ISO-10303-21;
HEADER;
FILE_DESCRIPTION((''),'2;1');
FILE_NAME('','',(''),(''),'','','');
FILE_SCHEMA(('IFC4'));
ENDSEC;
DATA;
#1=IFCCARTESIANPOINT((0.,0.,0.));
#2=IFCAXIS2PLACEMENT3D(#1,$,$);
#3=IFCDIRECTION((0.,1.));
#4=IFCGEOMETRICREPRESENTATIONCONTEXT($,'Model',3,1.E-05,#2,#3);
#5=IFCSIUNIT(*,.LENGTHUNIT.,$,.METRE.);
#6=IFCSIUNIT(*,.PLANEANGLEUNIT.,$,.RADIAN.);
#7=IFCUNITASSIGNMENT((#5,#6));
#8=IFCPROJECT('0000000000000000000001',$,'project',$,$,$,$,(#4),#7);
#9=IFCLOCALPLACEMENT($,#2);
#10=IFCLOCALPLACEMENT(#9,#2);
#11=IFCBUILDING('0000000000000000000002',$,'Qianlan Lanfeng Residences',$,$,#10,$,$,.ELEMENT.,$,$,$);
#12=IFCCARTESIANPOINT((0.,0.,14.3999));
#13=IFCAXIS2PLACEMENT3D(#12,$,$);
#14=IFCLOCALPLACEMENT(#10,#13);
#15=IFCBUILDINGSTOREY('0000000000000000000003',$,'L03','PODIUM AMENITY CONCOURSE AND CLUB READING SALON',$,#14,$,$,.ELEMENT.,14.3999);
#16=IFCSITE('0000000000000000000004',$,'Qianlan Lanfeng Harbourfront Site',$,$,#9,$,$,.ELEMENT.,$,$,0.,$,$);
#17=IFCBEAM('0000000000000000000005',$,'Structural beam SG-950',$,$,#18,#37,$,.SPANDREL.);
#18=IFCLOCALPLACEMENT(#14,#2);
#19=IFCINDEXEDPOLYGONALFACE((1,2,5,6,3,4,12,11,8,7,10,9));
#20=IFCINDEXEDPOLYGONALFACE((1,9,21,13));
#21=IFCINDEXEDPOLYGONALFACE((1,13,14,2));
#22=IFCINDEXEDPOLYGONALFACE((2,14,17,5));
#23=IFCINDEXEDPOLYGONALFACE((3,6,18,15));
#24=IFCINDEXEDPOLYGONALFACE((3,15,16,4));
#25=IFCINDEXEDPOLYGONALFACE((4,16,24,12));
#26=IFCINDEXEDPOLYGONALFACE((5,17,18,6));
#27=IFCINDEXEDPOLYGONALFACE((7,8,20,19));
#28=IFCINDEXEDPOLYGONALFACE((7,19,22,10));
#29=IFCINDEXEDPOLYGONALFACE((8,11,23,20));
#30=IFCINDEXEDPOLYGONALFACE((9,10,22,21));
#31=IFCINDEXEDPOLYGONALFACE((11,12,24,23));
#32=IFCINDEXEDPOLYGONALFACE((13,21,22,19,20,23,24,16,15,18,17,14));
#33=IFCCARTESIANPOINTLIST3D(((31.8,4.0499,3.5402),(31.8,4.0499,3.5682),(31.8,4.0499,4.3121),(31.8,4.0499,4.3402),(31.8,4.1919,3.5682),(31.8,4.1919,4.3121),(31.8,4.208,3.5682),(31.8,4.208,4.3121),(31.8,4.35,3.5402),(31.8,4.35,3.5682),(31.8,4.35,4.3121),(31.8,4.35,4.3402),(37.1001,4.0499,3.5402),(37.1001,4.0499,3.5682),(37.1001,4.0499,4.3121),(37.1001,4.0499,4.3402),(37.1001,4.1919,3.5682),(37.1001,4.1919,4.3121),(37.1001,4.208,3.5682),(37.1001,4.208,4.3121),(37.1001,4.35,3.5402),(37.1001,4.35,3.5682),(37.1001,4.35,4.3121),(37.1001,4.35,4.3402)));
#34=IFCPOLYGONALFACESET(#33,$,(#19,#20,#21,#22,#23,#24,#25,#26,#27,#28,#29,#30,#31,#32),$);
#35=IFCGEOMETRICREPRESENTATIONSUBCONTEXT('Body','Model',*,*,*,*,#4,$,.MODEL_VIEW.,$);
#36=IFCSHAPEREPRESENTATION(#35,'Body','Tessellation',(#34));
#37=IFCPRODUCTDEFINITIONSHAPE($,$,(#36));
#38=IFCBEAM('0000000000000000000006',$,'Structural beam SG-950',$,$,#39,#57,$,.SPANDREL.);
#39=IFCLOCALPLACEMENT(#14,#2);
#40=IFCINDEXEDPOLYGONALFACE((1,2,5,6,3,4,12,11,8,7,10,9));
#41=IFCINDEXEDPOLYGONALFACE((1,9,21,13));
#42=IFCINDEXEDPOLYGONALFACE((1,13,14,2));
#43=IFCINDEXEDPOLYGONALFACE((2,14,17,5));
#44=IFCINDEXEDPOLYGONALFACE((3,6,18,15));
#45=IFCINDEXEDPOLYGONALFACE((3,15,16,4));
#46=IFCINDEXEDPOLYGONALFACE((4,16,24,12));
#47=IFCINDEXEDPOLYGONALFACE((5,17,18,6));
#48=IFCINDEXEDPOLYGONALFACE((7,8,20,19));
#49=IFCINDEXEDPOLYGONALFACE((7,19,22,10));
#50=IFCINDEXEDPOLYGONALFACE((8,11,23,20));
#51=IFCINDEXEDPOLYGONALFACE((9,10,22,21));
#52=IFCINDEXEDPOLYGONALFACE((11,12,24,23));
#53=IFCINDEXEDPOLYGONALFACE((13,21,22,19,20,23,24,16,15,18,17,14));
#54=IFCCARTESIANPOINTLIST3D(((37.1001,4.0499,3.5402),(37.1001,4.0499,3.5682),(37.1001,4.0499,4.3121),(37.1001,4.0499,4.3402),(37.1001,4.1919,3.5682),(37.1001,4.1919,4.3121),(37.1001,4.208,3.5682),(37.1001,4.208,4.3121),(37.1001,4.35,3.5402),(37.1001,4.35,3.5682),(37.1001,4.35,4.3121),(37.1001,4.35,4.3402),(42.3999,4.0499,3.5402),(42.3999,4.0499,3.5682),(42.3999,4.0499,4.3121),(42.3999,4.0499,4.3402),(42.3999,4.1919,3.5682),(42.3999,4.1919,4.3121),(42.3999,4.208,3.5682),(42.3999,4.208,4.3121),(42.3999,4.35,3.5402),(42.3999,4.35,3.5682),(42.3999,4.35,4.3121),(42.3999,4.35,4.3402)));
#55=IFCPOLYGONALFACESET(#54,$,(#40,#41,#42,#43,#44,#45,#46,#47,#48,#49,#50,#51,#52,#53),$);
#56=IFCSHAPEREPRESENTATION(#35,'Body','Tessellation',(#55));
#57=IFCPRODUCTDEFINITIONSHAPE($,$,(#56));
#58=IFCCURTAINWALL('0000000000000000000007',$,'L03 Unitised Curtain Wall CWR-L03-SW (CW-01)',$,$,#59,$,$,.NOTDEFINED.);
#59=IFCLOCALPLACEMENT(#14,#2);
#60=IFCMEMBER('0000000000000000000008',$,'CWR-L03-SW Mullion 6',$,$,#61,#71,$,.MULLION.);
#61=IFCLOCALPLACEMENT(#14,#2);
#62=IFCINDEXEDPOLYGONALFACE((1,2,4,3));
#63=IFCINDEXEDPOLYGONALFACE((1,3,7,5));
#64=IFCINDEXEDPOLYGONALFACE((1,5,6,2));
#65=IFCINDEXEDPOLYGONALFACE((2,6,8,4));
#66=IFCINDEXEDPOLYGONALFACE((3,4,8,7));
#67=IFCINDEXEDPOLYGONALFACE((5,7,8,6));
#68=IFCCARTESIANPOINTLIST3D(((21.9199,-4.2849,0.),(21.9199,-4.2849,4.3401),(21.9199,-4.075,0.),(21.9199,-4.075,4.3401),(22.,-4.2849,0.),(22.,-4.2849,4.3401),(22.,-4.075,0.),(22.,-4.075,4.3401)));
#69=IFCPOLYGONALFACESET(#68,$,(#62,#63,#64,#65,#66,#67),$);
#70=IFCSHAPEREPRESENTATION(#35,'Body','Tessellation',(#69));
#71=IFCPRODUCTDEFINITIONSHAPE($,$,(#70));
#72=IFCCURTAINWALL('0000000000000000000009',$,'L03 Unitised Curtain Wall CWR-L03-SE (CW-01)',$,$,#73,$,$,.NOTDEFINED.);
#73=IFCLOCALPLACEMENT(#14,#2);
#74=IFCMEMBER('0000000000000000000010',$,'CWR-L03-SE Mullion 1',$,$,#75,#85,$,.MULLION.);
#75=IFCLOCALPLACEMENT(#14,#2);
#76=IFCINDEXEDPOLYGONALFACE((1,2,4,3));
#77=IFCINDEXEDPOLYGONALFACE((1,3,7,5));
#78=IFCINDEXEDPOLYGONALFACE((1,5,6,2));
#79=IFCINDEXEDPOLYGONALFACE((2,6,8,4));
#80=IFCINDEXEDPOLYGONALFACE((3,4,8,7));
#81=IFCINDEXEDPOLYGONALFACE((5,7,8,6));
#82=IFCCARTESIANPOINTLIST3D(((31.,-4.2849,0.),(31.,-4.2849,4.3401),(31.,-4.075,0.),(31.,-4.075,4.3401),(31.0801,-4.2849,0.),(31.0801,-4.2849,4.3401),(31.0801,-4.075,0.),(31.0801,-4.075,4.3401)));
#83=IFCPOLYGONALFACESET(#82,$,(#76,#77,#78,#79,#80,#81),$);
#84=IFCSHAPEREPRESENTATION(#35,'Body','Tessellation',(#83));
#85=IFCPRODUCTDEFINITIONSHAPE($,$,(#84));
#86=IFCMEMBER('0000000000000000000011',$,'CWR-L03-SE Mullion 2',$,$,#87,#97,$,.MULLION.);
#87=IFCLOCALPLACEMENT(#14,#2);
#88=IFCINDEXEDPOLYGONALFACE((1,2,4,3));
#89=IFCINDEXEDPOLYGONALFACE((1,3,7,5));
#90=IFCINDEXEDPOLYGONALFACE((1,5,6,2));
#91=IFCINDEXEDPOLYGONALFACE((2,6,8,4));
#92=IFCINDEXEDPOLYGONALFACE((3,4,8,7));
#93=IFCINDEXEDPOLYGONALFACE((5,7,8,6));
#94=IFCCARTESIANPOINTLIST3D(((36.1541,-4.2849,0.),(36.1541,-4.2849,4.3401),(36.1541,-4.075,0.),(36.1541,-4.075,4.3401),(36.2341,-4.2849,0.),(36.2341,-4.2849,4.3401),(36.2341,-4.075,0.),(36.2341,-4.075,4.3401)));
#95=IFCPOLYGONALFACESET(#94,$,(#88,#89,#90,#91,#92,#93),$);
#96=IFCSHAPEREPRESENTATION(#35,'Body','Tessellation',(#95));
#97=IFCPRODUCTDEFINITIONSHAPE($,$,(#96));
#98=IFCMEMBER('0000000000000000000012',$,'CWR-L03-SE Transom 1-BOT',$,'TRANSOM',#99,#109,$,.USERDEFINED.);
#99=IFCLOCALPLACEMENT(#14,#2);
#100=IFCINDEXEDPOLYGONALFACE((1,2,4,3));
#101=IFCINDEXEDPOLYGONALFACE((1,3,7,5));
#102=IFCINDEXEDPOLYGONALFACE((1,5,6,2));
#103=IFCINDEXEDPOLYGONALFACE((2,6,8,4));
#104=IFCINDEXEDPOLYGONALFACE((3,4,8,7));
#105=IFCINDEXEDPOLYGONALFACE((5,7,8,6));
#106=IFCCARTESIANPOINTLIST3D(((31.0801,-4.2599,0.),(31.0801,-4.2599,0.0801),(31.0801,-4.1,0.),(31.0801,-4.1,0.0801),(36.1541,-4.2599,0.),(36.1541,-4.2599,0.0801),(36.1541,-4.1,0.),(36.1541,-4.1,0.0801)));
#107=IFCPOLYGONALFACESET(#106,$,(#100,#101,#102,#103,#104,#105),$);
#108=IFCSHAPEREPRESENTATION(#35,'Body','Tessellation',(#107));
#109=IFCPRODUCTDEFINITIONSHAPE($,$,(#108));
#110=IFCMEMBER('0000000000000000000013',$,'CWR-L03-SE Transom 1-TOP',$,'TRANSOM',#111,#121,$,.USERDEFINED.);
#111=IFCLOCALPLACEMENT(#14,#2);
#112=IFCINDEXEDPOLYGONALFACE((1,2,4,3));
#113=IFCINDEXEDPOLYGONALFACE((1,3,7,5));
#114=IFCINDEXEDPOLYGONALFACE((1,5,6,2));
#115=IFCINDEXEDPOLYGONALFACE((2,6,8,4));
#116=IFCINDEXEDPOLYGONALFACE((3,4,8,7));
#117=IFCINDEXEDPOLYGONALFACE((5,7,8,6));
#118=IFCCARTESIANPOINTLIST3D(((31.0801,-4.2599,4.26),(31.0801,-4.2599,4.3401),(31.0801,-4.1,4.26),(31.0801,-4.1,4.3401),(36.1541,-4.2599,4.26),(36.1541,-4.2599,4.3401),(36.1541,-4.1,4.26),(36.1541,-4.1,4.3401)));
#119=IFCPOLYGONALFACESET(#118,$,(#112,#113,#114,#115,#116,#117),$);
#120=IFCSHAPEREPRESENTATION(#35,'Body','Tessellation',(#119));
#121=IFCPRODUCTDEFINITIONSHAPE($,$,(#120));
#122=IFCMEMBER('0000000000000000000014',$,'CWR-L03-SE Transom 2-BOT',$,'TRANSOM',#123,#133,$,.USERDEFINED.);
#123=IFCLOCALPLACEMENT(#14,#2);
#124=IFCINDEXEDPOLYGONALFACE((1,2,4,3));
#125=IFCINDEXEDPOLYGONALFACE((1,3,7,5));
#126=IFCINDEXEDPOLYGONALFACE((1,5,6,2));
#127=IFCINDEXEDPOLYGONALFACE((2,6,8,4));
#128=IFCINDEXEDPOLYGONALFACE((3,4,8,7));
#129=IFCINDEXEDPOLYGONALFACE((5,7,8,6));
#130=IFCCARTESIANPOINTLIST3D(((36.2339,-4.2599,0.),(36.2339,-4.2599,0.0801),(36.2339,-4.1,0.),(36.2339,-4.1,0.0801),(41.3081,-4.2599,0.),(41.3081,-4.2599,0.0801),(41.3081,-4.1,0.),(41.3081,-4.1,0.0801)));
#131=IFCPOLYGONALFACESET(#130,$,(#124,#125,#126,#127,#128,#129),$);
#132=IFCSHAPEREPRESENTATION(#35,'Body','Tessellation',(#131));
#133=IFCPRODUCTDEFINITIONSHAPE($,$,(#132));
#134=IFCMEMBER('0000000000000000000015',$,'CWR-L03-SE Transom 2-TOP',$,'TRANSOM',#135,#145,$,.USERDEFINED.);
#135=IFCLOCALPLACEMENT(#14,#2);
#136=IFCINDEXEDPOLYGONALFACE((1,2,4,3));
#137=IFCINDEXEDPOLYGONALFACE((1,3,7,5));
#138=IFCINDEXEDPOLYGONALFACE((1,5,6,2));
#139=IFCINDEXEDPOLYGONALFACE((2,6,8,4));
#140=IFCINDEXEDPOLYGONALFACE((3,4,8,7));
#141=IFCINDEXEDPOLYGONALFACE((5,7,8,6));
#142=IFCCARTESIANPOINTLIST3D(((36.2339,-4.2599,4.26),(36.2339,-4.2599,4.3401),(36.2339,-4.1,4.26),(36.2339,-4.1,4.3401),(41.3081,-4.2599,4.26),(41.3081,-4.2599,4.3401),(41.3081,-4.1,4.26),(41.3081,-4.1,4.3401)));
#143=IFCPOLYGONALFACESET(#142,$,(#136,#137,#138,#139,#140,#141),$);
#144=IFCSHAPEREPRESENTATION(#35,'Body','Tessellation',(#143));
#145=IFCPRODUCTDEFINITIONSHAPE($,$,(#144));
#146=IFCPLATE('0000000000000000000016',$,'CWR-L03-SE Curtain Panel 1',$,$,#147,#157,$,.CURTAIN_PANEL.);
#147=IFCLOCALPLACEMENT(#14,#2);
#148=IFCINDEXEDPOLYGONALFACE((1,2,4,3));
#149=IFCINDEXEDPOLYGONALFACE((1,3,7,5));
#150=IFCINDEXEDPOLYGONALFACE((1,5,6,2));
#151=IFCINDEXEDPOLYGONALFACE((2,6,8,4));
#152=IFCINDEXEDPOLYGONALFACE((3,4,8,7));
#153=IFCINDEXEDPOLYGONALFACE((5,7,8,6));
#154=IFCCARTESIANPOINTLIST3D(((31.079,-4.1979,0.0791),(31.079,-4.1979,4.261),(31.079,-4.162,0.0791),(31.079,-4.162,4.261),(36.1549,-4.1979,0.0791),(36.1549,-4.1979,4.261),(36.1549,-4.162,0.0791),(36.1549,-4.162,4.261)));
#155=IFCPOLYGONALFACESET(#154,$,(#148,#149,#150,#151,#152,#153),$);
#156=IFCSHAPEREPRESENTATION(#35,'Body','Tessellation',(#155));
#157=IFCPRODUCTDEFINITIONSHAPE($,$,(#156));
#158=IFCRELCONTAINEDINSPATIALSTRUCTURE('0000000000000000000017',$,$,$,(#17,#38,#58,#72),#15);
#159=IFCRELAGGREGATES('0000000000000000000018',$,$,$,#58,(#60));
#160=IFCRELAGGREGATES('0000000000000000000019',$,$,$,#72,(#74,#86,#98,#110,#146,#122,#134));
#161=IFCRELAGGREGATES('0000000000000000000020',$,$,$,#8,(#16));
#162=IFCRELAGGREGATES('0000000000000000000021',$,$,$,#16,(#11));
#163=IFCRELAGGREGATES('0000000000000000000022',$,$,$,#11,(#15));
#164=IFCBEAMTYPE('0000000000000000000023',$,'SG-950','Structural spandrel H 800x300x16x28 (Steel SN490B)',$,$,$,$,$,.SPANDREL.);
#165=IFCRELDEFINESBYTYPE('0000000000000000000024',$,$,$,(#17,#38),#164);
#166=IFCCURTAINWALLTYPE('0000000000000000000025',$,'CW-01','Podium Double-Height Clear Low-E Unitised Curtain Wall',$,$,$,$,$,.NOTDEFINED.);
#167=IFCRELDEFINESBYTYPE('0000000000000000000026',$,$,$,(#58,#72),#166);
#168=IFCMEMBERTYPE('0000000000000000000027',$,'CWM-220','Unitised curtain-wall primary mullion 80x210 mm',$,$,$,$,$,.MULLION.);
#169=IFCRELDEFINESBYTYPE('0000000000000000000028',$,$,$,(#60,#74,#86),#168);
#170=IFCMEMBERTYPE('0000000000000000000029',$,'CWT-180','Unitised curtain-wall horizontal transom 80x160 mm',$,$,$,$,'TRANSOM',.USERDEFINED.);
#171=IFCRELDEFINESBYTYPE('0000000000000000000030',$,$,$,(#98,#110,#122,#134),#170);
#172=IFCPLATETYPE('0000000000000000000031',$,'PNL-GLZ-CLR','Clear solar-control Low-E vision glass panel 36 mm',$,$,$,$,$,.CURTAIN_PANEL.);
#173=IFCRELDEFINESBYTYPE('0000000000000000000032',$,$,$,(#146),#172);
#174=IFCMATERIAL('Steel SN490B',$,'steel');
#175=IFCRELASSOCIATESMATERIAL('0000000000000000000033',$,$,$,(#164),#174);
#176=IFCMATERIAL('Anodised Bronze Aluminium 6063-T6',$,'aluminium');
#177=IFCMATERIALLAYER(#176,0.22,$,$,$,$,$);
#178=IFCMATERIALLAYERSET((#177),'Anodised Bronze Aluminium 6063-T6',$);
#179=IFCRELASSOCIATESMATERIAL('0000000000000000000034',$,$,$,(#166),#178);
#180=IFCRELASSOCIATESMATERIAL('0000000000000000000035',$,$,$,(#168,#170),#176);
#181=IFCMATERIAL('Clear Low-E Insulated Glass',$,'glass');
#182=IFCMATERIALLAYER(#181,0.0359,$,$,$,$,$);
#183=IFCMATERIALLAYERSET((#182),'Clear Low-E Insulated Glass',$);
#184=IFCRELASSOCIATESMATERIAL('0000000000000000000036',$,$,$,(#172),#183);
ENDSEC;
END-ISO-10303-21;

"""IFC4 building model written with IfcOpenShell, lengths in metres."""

from ifc_helpers import new_model, si_unit, direction, frame, origin, origin_2d, place, context, subcontext, project, spatial, rectangle, i_section, extrude, source, transform, mapped, material, layer, layer_set, material_profile, profile_set, type_object, element, aggregate, save


model = new_model("IFC4")

# Units and contexts
model_context = context("Model", 3, precision=1e-05, world=origin(), true_north=direction((0.0, 1.0)))
body_context = subcontext(model_context, "Body", "Model", "MODEL_VIEW")
ifc_project = project(units=[si_unit("LENGTHUNIT", "METRE"), si_unit("PLANEANGLEUNIT", "RADIAN")], contexts=[model_context])

# Site, building, storey
site_placement = place(None, origin())
site = spatial("IfcSite", under=ifc_project, at=site_placement, Name="Qianlan Lanfeng Harbourfront Site", CompositionType="ELEMENT", RefElevation=0.0)
building_placement = place(site_placement, origin())
building = spatial("IfcBuilding", under=site, at=building_placement, Name="Qianlan Lanfeng Residences", CompositionType="ELEMENT")
storey_placement = place(building_placement, frame((0.0, 0.0, 14.3999)))
storey = spatial("IfcBuildingStorey", under=building, at=storey_placement, Name="L03", Description="PODIUM AMENITY CONCOURSE AND CLUB READING SALON", CompositionType="ELEMENT", Elevation=14.3999)

# Beams
ifc_material_1 = material(Name="Steel SN490B", Category="steel")
ifc_material_profile_1 = material_profile(ifc_material_1, i_section(OverallWidth=0.3, OverallDepth=0.8, WebThickness=0.0161, FlangeThickness=0.0281, at=origin_2d()), Name="H 800x300x16x28")
ifc_profile_set_1 = profile_set([ifc_material_profile_1], Name="Steel SN490B")
beam_type_1 = type_object("IfcBeamType", Name="SG-950", Description="Structural spandrel H 800x300x16x28 (Steel SN490B)", PredefinedType="SPANDREL", material=ifc_profile_set_1)
for number, where, z_axis, x_axis, name in (
    (1, (31.8, 4.2, 3.9402), (1.0, 0.0, 0.0), (0.0, 1.0, 0.0), "Structural beam SG-950"),
):
    element("IfcBeam", number, at=place(storey_placement, frame(where, z_axis=z_axis, x_axis=x_axis)), inside=storey, type_object=beam_type_1, Name=name, PredefinedType="SPANDREL", context=body_context, shape_type="SweptSolid", body=[
        extrude(i_section(OverallWidth=0.3, OverallDepth=0.8, WebThickness=0.0161, FlangeThickness=0.0281, at=origin_2d()), origin(), (0.0, 0.0, 1.0), 5.3),
    ])
beam_1_placement = place(storey_placement, frame((37.1001, 4.2, 3.9402), z_axis=(1.0, 0.0, 0.0), x_axis=(0.0, 1.0, 0.0)))
element("IfcBeam", 2, at=beam_1_placement, inside=storey, type_object=beam_type_1, Name="Structural beam SG-950", PredefinedType="SPANDREL", context=body_context, shape_type="SweptSolid", body=[
    extrude(i_section(OverallWidth=0.3, OverallDepth=0.8, WebThickness=0.0161, FlangeThickness=0.0281, at=origin_2d()), origin(), (0.0, 0.0, 1.0), 5.2998),
])

# Curtain wall, member
ifc_material_2 = material(Name="Anodised Bronze Aluminium 6063-T6", Category="aluminium")
ifc_layer_1 = layer(ifc_material_2, 0.22)
ifc_layer_set_1 = layer_set([ifc_layer_1], Name="Anodised Bronze Aluminium 6063-T6")
curtain_wall_type = type_object("IfcCurtainWallType", Name="CW-01", Description="Podium Double-Height Clear Low-E Unitised Curtain Wall", PredefinedType="NOTDEFINED", material=ifc_layer_set_1)
curtain_wall_1_placement = place(storey_placement, origin())
curtain_wall_1 = element("IfcCurtainWall", 3, at=curtain_wall_1_placement, inside=storey, type_object=curtain_wall_type, Name="L03 Unitised Curtain Wall CWR-L03-SW (CW-01)", PredefinedType="NOTDEFINED")
ifc_material_profile_2 = material_profile(ifc_material_2, rectangle(XDim=0.0801, YDim=0.21, at=origin_2d()), Name="ALU MULLION 80x210")
ifc_profile_set_2 = profile_set([ifc_material_profile_2], Name="Anodised Bronze Aluminium 6063-T6")
member_type_1 = type_object("IfcMemberType", Name="CWM-220", Description="Unitised curtain-wall primary mullion 80x210 mm", PredefinedType="MULLION", material=ifc_profile_set_2)
shared_shape_1 = source(origin(), body_context, "Body", "SweptSolid", [
    extrude(rectangle(XDim=0.0801, YDim=0.21, at=origin_2d()), origin(), (0.0, 0.0, 1.0), 4.3401),
])
member_1_placement = place(storey_placement, frame((21.96, -4.1799, 0.0), z_axis=(0.0, 0.0, 1.0), x_axis=(1.0, 0.0, 0.0)))
member_1 = element("IfcMember", 4, at=member_1_placement, type_object=member_type_1, Name="CWR-L03-SW Mullion 6", PredefinedType="MULLION", context=body_context, shape_type="MappedRepresentation", body=[
    mapped(shared_shape_1, transform((0.0, 0.0, 0.0), scale=1.0)),
])
aggregate(curtain_wall_1, [member_1])

# Curtain wall, members, plate
curtain_wall_2_placement = place(storey_placement, origin())
curtain_wall_2 = element("IfcCurtainWall", 5, at=curtain_wall_2_placement, inside=storey, type_object=curtain_wall_type, Name="L03 Unitised Curtain Wall CWR-L03-SE (CW-01)", PredefinedType="NOTDEFINED")
member_2_placement = place(storey_placement, frame((31.04, -4.1799, 0.0), z_axis=(0.0, 0.0, 1.0), x_axis=(1.0, 0.0, 0.0)))
member_2 = element("IfcMember", 6, at=member_2_placement, type_object=member_type_1, Name="CWR-L03-SE Mullion 1", PredefinedType="MULLION", context=body_context, shape_type="MappedRepresentation", body=[
    mapped(shared_shape_1, transform((0.0, 0.0, 0.0), scale=1.0)),
])
member_3_placement = place(storey_placement, frame((36.1941, -4.1799, 0.0), z_axis=(0.0, 0.0, 1.0), x_axis=(1.0, 0.0, 0.0)))
member_3 = element("IfcMember", 7, at=member_3_placement, type_object=member_type_1, Name="CWR-L03-SE Mullion 2", PredefinedType="MULLION", context=body_context, shape_type="MappedRepresentation", body=[
    mapped(shared_shape_1, transform((0.0, 0.0, 0.0), scale=1.0)),
])
ifc_material_profile_3 = material_profile(ifc_material_2, rectangle(XDim=0.0801, YDim=0.1599, at=origin_2d()), Name="ALU TRANSOM 80x160")
ifc_profile_set_3 = profile_set([ifc_material_profile_3], Name="Anodised Bronze Aluminium 6063-T6")
member_type_2 = type_object("IfcMemberType", Name="CWT-180", Description="Unitised curtain-wall horizontal transom 80x160 mm", ElementType="TRANSOM", PredefinedType="USERDEFINED", material=ifc_profile_set_3)
shared_shape_2 = source(origin(), body_context, "Body", "SweptSolid", [
    extrude(rectangle(XDim=0.0801, YDim=0.1599, at=origin_2d()), origin(), (0.0, 0.0, 1.0), 5.074),
])
member_4_placement = place(storey_placement, frame((31.0801, -4.1799, 0.04), z_axis=(1.0, 0.0, 0.0), x_axis=(0.0, 0.0, 1.0)))
member_4 = element("IfcMember", 8, at=member_4_placement, type_object=member_type_2, Name="CWR-L03-SE Transom 1-BOT", ObjectType="TRANSOM", PredefinedType="USERDEFINED", context=body_context, shape_type="MappedRepresentation", body=[
    mapped(shared_shape_2, transform((0.0, 0.0, 0.0), scale=1.0)),
])
member_5_placement = place(storey_placement, frame((31.0801, -4.1799, 4.3), z_axis=(1.0, 0.0, 0.0), x_axis=(0.0, 0.0, 1.0)))
member_5 = element("IfcMember", 9, at=member_5_placement, type_object=member_type_2, Name="CWR-L03-SE Transom 1-TOP", ObjectType="TRANSOM", PredefinedType="USERDEFINED", context=body_context, shape_type="MappedRepresentation", body=[
    mapped(shared_shape_2, transform((0.0, 0.0, 0.0), scale=1.0)),
])
shared_shape_3 = source(origin(), body_context, "Body", "SweptSolid", [
    extrude(rectangle(XDim=0.0801, YDim=0.1599, at=origin_2d()), origin(), (0.0, 0.0, 1.0), 5.0742),
])
member_6_placement = place(storey_placement, frame((36.2339, -4.1799, 0.04), z_axis=(1.0, 0.0, 0.0), x_axis=(0.0, 0.0, 1.0)))
member_6 = element("IfcMember", 10, at=member_6_placement, type_object=member_type_2, Name="CWR-L03-SE Transom 2-BOT", ObjectType="TRANSOM", PredefinedType="USERDEFINED", context=body_context, shape_type="MappedRepresentation", body=[
    mapped(shared_shape_3, transform((0.0, 0.0, 0.0), scale=1.0)),
])
member_7_placement = place(storey_placement, frame((36.2339, -4.1799, 4.3), z_axis=(1.0, 0.0, 0.0), x_axis=(0.0, 0.0, 1.0)))
member_7 = element("IfcMember", 11, at=member_7_placement, type_object=member_type_2, Name="CWR-L03-SE Transom 2-TOP", ObjectType="TRANSOM", PredefinedType="USERDEFINED", context=body_context, shape_type="MappedRepresentation", body=[
    mapped(shared_shape_3, transform((0.0, 0.0, 0.0), scale=1.0)),
])
ifc_material_3 = material(Name="Clear Low-E Insulated Glass", Category="glass")
ifc_layer_2 = layer(ifc_material_3, 0.0359)
ifc_layer_set_2 = layer_set([ifc_layer_2], Name="Clear Low-E Insulated Glass")
plate_type = type_object("IfcPlateType", Name="PNL-GLZ-CLR", Description="Clear solar-control Low-E vision glass panel 36 mm", PredefinedType="CURTAIN_PANEL", material=ifc_layer_set_2)
shared_shape_4 = source(origin(), body_context, "Body", "SweptSolid", [
    extrude(rectangle(XDim=5.0759, YDim=0.0359, at=origin_2d()), origin(), (0.0, 0.0, 1.0), 4.1819),
])
plate_placement = place(storey_placement, frame((33.6169, -4.1799, 0.0791), z_axis=(0.0, 0.0, 1.0), x_axis=(1.0, 0.0, 0.0)))
plate = element("IfcPlate", 12, at=plate_placement, type_object=plate_type, Name="CWR-L03-SE Curtain Panel 1", PredefinedType="CURTAIN_PANEL", context=body_context, shape_type="MappedRepresentation", body=[
    mapped(shared_shape_4, transform((0.0, 0.0, 0.0), scale=1.0)),
])
aggregate(curtain_wall_2, [member_2, member_3, member_4, member_5, plate, member_6, member_7])

save(model, "model.ifc")
